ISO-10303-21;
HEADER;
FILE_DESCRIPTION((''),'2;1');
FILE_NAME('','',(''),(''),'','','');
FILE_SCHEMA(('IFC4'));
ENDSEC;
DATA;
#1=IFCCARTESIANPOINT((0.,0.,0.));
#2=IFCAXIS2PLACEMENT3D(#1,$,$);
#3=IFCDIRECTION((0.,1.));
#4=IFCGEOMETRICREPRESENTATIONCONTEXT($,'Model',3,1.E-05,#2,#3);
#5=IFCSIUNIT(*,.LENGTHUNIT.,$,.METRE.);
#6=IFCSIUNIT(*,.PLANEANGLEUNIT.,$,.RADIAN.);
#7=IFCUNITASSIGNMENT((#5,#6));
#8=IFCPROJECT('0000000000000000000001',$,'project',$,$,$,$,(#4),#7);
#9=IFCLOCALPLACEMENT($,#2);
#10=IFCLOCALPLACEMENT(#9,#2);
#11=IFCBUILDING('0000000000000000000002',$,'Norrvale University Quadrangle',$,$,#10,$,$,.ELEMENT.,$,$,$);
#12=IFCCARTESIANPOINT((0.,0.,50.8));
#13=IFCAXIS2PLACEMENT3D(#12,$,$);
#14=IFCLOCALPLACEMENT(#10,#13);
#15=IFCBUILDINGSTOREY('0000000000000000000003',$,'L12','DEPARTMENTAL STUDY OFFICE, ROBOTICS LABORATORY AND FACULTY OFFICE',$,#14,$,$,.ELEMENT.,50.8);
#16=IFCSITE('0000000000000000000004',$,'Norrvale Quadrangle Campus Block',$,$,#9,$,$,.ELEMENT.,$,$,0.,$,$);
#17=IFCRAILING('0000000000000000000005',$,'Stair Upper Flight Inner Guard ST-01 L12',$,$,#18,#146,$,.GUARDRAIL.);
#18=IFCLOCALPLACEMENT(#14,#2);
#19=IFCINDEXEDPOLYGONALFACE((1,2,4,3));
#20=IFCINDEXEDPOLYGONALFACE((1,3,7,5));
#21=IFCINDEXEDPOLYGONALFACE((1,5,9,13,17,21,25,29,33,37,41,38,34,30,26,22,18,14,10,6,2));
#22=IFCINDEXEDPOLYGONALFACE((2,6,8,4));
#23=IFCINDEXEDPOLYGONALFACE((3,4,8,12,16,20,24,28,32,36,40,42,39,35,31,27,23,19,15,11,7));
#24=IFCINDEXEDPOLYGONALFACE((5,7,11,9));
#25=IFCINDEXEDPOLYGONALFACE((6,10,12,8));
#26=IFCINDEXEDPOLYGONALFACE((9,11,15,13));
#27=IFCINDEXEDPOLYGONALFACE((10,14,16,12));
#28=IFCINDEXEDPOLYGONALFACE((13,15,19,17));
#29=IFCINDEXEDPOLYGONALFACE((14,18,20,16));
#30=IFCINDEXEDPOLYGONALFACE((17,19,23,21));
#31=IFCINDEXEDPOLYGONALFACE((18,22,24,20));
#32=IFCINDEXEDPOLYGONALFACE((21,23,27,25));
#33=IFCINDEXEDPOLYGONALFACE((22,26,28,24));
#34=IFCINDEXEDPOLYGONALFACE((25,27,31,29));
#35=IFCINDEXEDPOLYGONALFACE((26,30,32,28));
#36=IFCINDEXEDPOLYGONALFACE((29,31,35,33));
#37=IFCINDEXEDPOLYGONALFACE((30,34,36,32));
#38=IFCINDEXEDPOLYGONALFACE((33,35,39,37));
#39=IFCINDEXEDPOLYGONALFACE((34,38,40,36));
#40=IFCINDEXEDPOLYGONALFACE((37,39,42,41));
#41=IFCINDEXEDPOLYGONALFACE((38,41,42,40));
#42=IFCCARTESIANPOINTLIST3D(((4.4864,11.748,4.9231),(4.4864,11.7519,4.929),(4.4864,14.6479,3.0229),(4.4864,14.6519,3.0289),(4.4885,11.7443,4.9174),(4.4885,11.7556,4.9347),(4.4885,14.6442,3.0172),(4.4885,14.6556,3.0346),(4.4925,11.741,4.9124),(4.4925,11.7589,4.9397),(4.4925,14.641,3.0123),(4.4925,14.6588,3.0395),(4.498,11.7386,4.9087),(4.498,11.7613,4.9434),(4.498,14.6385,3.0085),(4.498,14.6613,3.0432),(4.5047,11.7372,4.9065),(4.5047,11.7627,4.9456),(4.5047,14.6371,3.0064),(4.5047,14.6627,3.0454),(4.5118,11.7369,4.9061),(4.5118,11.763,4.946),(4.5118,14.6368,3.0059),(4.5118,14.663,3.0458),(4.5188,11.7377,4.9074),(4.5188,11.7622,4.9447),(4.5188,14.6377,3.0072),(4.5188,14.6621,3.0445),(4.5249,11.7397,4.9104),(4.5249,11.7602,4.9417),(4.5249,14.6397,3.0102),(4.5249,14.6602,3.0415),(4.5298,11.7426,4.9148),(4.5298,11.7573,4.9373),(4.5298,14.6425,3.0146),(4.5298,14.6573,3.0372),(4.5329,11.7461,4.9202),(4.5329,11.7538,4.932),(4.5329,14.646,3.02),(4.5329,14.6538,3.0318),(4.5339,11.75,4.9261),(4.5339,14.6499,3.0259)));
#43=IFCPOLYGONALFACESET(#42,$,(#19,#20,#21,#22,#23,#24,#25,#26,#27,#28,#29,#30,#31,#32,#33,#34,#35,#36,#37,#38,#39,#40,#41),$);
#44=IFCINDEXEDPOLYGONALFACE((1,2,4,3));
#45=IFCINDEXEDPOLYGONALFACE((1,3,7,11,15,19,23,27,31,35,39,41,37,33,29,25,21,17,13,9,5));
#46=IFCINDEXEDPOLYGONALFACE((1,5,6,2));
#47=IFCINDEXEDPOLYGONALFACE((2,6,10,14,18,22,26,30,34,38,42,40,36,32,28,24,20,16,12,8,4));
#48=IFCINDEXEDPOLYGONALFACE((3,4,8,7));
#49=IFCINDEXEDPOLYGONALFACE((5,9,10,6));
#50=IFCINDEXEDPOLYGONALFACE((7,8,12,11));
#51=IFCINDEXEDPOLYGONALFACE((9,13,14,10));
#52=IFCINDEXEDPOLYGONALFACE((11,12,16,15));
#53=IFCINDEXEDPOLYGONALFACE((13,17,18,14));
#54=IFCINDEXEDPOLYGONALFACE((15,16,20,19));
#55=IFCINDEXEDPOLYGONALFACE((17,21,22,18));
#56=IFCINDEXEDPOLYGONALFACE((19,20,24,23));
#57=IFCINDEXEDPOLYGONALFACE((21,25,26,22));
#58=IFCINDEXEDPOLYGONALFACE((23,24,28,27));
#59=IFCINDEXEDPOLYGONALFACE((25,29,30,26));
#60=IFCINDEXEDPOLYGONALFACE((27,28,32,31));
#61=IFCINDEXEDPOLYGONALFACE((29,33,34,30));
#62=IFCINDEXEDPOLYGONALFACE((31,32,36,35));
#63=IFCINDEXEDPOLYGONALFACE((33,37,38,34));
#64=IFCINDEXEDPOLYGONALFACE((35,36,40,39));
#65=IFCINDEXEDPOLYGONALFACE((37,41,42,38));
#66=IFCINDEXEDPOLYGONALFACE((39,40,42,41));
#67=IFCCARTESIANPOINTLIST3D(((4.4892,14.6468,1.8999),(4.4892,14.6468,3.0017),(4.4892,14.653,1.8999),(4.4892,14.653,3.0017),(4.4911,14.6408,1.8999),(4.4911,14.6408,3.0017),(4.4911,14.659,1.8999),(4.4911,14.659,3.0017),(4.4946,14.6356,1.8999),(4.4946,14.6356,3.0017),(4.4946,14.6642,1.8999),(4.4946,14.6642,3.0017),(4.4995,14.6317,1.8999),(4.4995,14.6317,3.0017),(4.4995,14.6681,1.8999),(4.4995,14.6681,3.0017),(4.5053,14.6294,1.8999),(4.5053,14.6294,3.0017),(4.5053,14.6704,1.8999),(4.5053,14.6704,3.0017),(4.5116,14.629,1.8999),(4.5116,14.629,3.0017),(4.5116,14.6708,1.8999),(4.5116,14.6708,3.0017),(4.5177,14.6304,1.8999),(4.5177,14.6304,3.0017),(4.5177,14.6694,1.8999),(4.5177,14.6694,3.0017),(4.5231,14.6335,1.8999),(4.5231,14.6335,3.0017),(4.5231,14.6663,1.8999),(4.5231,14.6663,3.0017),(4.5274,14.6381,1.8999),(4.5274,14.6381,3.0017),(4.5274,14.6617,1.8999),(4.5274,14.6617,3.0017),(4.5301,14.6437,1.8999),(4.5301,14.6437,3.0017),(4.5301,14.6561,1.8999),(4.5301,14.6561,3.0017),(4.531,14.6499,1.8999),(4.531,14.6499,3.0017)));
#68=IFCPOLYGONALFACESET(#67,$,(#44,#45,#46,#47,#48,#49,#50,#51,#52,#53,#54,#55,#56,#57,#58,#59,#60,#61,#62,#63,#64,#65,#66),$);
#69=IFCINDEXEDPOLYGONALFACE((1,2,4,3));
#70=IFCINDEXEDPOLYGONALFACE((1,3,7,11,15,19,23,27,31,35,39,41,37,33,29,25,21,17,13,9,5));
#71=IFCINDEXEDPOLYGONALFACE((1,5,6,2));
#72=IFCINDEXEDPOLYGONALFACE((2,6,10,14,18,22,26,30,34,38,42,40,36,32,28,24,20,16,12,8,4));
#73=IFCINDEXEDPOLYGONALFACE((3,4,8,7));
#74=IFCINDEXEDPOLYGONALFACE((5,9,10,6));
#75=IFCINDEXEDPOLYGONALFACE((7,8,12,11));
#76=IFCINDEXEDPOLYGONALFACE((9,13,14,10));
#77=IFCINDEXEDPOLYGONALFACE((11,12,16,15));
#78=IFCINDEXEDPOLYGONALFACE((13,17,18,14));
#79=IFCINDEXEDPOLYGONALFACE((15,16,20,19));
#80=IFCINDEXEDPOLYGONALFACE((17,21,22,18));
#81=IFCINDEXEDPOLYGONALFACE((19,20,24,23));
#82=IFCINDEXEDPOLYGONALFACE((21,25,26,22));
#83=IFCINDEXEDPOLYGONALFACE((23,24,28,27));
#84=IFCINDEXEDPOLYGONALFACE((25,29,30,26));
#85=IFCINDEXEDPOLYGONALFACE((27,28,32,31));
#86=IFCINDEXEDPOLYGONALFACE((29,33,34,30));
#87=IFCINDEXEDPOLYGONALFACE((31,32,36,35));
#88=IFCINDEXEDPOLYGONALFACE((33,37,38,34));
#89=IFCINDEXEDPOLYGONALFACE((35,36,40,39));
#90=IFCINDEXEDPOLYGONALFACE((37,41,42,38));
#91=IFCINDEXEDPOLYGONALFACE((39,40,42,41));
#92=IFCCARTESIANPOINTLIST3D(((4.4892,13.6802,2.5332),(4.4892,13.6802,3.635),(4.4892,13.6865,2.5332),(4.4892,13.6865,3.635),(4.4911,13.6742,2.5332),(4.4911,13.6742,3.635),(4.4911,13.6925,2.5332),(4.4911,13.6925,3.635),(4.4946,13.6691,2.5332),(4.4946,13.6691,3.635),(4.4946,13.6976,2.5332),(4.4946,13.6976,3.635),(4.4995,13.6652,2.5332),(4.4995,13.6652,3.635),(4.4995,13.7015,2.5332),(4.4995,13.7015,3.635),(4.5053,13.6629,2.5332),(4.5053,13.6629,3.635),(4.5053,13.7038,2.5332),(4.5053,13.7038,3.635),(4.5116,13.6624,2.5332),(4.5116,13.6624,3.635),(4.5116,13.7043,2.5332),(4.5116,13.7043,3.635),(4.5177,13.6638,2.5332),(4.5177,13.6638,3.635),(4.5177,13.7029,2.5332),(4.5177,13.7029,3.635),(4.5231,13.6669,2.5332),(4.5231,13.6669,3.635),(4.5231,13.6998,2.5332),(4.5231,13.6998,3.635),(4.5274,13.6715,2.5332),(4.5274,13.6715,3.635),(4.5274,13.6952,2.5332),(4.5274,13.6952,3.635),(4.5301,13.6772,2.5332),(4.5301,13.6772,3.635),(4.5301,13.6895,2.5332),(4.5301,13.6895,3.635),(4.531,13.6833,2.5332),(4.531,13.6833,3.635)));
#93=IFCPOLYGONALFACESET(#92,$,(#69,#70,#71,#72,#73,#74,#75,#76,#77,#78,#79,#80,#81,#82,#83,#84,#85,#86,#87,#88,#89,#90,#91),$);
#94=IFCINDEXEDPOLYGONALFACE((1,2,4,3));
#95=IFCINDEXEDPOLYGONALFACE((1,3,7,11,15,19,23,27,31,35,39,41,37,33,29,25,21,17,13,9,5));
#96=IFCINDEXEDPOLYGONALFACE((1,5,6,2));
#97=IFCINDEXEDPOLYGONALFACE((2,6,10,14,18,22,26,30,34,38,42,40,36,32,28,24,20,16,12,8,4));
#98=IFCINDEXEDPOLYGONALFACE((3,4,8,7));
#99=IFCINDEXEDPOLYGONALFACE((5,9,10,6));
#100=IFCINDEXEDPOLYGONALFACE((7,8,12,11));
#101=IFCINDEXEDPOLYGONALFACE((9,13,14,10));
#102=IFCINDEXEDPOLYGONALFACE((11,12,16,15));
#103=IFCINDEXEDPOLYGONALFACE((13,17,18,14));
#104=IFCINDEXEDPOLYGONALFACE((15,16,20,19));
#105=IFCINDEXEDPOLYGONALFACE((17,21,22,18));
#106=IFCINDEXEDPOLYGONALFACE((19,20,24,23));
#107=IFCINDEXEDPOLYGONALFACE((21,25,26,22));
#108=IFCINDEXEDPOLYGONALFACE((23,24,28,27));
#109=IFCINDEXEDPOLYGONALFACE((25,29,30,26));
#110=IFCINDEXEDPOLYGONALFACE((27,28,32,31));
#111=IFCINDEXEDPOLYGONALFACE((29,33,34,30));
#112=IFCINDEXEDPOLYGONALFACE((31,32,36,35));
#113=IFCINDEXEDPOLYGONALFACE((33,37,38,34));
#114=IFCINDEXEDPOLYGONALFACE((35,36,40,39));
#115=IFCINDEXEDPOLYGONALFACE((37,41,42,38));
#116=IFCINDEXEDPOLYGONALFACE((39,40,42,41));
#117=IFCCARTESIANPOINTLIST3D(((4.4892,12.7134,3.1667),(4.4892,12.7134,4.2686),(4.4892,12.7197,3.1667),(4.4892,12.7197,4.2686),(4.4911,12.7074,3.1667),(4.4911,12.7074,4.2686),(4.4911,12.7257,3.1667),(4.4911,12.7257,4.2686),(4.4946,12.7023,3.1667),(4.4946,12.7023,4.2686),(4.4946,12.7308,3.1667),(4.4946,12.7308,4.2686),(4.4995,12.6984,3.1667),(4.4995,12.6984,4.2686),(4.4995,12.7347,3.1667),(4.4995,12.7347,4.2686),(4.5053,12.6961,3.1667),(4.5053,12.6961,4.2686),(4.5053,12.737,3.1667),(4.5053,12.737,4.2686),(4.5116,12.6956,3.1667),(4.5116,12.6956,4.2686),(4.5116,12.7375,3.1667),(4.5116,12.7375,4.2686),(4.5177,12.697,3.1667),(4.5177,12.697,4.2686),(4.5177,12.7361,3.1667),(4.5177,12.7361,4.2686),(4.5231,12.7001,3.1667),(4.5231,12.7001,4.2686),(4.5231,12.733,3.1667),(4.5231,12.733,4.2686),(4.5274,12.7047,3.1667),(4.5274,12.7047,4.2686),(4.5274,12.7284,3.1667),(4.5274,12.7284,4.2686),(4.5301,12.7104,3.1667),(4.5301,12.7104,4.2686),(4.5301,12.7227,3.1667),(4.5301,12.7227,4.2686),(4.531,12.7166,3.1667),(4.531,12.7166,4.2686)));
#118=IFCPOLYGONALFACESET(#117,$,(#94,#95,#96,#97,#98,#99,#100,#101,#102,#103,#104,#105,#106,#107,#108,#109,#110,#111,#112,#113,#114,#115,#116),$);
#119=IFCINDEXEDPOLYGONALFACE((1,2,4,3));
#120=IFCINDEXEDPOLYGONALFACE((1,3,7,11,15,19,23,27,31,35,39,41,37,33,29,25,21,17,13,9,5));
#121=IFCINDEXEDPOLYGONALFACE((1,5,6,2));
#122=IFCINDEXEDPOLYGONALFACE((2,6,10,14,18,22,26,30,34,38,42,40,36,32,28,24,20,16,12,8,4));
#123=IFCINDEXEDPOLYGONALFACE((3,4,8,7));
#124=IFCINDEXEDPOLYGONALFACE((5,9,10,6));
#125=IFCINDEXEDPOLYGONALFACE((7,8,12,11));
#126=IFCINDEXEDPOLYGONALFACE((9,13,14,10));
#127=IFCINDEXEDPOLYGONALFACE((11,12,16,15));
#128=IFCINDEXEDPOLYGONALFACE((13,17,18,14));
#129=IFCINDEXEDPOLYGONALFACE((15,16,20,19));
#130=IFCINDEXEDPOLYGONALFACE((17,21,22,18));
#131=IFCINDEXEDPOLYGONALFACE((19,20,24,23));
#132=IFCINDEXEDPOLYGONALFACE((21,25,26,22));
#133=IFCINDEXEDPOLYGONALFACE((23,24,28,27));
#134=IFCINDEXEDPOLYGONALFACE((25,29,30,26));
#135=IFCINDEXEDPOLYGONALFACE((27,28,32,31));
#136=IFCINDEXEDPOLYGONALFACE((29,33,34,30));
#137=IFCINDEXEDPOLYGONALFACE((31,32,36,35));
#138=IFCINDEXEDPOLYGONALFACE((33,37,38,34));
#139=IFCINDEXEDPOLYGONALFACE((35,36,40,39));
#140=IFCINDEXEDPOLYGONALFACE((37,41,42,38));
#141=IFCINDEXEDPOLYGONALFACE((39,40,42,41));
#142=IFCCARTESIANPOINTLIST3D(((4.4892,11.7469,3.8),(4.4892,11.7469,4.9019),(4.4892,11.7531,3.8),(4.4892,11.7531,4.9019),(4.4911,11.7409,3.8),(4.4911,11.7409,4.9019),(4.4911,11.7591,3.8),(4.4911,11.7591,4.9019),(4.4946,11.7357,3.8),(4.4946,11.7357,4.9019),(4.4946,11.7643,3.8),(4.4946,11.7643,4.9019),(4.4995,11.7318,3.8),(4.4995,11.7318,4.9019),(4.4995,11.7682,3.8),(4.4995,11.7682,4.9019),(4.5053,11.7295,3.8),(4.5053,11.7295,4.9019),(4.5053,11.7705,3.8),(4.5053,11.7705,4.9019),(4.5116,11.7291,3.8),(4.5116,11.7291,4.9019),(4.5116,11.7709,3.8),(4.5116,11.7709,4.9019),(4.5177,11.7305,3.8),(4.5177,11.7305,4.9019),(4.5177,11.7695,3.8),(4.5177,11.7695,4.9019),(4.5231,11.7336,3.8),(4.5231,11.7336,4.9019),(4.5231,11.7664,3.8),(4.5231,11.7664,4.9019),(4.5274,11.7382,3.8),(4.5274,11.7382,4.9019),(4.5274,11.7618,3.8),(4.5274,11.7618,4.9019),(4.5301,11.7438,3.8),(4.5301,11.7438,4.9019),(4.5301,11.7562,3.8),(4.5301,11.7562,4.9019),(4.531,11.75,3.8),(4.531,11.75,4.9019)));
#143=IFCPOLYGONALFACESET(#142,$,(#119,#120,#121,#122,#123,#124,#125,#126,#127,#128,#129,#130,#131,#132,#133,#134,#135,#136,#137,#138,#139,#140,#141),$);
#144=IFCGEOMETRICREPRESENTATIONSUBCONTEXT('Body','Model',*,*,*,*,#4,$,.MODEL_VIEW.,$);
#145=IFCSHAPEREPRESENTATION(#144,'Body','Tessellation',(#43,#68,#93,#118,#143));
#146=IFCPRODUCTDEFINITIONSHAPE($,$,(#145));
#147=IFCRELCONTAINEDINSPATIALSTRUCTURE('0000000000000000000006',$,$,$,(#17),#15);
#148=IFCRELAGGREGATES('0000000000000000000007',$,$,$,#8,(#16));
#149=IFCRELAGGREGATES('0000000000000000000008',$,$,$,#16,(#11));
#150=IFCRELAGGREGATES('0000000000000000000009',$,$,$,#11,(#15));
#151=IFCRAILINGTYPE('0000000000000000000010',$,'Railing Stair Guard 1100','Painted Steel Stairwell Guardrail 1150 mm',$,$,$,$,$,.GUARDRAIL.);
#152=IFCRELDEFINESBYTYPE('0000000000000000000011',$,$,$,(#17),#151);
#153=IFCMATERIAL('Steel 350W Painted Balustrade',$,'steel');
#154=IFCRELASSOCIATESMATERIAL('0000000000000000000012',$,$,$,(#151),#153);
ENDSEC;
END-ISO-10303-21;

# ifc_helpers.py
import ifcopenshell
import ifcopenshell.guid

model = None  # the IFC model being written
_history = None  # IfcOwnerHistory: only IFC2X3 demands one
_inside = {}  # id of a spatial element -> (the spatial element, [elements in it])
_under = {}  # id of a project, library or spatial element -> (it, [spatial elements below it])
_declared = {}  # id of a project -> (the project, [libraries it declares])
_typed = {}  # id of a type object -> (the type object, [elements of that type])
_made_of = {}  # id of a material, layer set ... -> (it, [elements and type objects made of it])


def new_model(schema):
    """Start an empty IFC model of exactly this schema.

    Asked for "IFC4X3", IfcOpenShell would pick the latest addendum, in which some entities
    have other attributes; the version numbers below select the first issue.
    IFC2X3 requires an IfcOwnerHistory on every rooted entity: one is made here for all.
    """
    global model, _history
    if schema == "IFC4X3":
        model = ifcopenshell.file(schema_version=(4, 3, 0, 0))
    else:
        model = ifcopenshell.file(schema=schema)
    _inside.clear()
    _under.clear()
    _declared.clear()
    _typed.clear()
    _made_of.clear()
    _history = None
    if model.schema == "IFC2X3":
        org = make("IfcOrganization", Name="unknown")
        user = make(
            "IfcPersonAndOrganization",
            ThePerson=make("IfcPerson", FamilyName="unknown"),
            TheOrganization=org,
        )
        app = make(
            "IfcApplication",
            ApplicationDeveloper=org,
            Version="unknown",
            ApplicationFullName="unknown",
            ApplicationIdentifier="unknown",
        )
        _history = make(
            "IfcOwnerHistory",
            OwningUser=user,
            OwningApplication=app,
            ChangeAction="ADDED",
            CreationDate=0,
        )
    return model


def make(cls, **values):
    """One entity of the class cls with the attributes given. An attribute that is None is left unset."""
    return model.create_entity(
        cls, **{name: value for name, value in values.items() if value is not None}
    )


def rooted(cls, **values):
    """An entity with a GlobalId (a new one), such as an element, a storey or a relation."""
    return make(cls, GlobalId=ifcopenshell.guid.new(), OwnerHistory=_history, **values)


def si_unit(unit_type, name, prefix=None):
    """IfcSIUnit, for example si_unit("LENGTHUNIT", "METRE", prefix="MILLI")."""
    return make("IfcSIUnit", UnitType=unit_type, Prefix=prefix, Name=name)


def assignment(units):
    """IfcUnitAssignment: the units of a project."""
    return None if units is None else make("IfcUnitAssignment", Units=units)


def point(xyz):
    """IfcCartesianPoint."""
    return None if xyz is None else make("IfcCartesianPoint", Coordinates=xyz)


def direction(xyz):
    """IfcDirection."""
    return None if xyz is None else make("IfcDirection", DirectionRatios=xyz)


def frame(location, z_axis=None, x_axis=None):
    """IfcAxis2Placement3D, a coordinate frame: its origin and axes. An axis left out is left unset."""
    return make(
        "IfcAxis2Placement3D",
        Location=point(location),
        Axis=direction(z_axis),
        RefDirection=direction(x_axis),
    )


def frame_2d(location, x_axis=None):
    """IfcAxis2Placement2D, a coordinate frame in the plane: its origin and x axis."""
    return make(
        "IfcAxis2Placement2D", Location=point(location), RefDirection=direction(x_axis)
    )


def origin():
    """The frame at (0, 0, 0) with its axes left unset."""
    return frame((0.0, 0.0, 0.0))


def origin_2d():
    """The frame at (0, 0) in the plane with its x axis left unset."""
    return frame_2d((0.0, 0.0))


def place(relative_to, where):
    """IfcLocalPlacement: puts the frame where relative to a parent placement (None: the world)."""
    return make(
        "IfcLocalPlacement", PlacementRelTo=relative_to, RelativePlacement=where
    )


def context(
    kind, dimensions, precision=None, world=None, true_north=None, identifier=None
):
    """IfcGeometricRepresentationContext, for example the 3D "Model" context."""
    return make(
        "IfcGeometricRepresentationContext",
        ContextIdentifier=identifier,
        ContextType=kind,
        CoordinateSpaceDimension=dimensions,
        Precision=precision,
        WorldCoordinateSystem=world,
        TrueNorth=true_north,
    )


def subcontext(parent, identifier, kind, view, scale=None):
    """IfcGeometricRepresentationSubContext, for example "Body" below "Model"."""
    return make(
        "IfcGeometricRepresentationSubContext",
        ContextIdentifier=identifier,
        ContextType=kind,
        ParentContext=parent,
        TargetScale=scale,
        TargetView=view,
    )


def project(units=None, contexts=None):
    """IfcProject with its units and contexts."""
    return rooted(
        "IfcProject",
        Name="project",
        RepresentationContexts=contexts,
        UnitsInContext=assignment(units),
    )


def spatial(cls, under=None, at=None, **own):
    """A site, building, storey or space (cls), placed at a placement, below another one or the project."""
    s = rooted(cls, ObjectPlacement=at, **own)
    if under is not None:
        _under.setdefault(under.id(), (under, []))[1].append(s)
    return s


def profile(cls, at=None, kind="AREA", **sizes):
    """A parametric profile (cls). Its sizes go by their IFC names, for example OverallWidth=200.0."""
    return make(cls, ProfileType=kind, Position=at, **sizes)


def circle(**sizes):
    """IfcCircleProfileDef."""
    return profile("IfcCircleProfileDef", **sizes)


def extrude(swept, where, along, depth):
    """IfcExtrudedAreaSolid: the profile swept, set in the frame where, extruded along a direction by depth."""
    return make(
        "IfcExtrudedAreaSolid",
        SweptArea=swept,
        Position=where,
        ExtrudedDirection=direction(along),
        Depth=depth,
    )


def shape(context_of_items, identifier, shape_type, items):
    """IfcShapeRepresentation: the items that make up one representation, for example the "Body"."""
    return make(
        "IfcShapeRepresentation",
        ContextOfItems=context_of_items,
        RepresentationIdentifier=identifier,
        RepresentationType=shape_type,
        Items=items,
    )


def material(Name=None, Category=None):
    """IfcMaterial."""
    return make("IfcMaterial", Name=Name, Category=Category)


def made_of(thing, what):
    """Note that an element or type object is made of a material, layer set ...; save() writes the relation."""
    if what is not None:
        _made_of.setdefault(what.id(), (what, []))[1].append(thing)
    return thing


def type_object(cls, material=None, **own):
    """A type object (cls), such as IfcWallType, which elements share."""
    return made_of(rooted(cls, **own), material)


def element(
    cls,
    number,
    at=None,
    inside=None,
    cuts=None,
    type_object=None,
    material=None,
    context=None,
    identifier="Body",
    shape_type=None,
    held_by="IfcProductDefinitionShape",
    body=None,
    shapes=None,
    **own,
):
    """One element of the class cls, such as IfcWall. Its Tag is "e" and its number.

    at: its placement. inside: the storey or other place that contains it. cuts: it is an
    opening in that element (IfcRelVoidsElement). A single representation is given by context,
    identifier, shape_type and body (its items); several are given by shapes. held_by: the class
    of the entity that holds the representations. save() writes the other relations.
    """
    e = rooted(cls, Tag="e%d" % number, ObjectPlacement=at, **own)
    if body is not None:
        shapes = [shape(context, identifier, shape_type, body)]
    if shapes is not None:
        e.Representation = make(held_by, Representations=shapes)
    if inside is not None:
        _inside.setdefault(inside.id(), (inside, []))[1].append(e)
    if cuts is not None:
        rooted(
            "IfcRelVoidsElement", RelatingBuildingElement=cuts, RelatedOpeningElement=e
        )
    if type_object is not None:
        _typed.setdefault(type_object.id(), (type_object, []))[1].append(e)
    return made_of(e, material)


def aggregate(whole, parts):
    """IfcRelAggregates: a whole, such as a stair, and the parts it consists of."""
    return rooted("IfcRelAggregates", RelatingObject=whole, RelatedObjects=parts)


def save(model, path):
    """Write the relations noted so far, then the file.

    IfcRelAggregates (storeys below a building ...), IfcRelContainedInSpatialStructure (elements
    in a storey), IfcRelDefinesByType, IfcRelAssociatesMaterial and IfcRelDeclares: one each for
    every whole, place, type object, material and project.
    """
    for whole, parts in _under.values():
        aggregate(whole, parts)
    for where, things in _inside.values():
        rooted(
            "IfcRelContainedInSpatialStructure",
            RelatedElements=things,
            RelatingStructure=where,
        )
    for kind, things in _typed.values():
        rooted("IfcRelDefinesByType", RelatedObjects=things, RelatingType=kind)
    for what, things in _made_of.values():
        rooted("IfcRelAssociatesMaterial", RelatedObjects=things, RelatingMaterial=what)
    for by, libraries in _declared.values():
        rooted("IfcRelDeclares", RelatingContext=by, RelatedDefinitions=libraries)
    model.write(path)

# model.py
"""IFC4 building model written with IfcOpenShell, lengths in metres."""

from ifc_helpers import new_model, si_unit, direction, frame, origin, origin_2d, place, context, subcontext, project, spatial, circle, extrude, material, type_object, element, save


model = new_model("IFC4")

# Units and contexts
model_context = context("Model", 3, precision=1e-05, world=origin(), true_north=direction((0.0, 1.0)))
body_context = subcontext(model_context, "Body", "Model", "MODEL_VIEW")
ifc_project = project(units=[si_unit("LENGTHUNIT", "METRE"), si_unit("PLANEANGLEUNIT", "RADIAN")], contexts=[model_context])

# Site, building, storey
site_placement = place(None, origin())
site = spatial("IfcSite", under=ifc_project, at=site_placement, Name="Norrvale Quadrangle Campus Block", CompositionType="ELEMENT", RefElevation=0.0)
building_placement = place(site_placement, origin())
building = spatial("IfcBuilding", under=site, at=building_placement, Name="Norrvale University Quadrangle", CompositionType="ELEMENT")
storey_placement = place(building_placement, frame((0.0, 0.0, 50.8)))
storey = spatial("IfcBuildingStorey", under=building, at=storey_placement, Name="L12", Description="DEPARTMENTAL STUDY OFFICE, ROBOTICS LABORATORY AND FACULTY OFFICE", CompositionType="ELEMENT", Elevation=50.8)

# Railing
ifc_material_1 = material(Name="Steel 350W Painted Balustrade", Category="steel")
railing_type_1 = type_object("IfcRailingType", Name="Railing Stair Guard 1100", Description="Painted Steel Stairwell Guardrail 1150 mm", PredefinedType="GUARDRAIL", material=ifc_material_1)
railing_1_placement = place(storey_placement, frame((4.51, 14.6499, 1.8999)))
element("IfcRailing", 1, at=railing_1_placement, inside=storey, type_object=railing_type_1, Name="Stair Upper Flight Inner Guard ST-01 L12", PredefinedType="GUARDRAIL", context=body_context, shape_type="SweptSolid", body=[
    extrude(circle(Radius=0.0239, at=origin_2d()), frame((0.0, 0.0, 1.126), z_axis=(0.0, -0.836433, 0.548069), x_axis=(1.0, 0.0, 0.0)), (0.0, 0.0, 1.0), 3.467),
    extrude(circle(Radius=0.021, at=origin_2d()), origin(), (0.0, 0.0, 1.0), 1.1018),
    extrude(circle(Radius=0.021, at=origin_2d()), frame((0.0, -0.9666, 0.6333)), (0.0, 0.0, 1.0), 1.1018),
    extrude(circle(Radius=0.021, at=origin_2d()), frame((0.0, -1.9333, 1.2668)), (0.0, 0.0, 1.0), 1.1018),
    extrude(circle(Radius=0.021, at=origin_2d()), frame((0.0, -2.8999, 1.9001)), (0.0, 0.0, 1.0), 1.1018),
])

save(model, "model.ifc")
